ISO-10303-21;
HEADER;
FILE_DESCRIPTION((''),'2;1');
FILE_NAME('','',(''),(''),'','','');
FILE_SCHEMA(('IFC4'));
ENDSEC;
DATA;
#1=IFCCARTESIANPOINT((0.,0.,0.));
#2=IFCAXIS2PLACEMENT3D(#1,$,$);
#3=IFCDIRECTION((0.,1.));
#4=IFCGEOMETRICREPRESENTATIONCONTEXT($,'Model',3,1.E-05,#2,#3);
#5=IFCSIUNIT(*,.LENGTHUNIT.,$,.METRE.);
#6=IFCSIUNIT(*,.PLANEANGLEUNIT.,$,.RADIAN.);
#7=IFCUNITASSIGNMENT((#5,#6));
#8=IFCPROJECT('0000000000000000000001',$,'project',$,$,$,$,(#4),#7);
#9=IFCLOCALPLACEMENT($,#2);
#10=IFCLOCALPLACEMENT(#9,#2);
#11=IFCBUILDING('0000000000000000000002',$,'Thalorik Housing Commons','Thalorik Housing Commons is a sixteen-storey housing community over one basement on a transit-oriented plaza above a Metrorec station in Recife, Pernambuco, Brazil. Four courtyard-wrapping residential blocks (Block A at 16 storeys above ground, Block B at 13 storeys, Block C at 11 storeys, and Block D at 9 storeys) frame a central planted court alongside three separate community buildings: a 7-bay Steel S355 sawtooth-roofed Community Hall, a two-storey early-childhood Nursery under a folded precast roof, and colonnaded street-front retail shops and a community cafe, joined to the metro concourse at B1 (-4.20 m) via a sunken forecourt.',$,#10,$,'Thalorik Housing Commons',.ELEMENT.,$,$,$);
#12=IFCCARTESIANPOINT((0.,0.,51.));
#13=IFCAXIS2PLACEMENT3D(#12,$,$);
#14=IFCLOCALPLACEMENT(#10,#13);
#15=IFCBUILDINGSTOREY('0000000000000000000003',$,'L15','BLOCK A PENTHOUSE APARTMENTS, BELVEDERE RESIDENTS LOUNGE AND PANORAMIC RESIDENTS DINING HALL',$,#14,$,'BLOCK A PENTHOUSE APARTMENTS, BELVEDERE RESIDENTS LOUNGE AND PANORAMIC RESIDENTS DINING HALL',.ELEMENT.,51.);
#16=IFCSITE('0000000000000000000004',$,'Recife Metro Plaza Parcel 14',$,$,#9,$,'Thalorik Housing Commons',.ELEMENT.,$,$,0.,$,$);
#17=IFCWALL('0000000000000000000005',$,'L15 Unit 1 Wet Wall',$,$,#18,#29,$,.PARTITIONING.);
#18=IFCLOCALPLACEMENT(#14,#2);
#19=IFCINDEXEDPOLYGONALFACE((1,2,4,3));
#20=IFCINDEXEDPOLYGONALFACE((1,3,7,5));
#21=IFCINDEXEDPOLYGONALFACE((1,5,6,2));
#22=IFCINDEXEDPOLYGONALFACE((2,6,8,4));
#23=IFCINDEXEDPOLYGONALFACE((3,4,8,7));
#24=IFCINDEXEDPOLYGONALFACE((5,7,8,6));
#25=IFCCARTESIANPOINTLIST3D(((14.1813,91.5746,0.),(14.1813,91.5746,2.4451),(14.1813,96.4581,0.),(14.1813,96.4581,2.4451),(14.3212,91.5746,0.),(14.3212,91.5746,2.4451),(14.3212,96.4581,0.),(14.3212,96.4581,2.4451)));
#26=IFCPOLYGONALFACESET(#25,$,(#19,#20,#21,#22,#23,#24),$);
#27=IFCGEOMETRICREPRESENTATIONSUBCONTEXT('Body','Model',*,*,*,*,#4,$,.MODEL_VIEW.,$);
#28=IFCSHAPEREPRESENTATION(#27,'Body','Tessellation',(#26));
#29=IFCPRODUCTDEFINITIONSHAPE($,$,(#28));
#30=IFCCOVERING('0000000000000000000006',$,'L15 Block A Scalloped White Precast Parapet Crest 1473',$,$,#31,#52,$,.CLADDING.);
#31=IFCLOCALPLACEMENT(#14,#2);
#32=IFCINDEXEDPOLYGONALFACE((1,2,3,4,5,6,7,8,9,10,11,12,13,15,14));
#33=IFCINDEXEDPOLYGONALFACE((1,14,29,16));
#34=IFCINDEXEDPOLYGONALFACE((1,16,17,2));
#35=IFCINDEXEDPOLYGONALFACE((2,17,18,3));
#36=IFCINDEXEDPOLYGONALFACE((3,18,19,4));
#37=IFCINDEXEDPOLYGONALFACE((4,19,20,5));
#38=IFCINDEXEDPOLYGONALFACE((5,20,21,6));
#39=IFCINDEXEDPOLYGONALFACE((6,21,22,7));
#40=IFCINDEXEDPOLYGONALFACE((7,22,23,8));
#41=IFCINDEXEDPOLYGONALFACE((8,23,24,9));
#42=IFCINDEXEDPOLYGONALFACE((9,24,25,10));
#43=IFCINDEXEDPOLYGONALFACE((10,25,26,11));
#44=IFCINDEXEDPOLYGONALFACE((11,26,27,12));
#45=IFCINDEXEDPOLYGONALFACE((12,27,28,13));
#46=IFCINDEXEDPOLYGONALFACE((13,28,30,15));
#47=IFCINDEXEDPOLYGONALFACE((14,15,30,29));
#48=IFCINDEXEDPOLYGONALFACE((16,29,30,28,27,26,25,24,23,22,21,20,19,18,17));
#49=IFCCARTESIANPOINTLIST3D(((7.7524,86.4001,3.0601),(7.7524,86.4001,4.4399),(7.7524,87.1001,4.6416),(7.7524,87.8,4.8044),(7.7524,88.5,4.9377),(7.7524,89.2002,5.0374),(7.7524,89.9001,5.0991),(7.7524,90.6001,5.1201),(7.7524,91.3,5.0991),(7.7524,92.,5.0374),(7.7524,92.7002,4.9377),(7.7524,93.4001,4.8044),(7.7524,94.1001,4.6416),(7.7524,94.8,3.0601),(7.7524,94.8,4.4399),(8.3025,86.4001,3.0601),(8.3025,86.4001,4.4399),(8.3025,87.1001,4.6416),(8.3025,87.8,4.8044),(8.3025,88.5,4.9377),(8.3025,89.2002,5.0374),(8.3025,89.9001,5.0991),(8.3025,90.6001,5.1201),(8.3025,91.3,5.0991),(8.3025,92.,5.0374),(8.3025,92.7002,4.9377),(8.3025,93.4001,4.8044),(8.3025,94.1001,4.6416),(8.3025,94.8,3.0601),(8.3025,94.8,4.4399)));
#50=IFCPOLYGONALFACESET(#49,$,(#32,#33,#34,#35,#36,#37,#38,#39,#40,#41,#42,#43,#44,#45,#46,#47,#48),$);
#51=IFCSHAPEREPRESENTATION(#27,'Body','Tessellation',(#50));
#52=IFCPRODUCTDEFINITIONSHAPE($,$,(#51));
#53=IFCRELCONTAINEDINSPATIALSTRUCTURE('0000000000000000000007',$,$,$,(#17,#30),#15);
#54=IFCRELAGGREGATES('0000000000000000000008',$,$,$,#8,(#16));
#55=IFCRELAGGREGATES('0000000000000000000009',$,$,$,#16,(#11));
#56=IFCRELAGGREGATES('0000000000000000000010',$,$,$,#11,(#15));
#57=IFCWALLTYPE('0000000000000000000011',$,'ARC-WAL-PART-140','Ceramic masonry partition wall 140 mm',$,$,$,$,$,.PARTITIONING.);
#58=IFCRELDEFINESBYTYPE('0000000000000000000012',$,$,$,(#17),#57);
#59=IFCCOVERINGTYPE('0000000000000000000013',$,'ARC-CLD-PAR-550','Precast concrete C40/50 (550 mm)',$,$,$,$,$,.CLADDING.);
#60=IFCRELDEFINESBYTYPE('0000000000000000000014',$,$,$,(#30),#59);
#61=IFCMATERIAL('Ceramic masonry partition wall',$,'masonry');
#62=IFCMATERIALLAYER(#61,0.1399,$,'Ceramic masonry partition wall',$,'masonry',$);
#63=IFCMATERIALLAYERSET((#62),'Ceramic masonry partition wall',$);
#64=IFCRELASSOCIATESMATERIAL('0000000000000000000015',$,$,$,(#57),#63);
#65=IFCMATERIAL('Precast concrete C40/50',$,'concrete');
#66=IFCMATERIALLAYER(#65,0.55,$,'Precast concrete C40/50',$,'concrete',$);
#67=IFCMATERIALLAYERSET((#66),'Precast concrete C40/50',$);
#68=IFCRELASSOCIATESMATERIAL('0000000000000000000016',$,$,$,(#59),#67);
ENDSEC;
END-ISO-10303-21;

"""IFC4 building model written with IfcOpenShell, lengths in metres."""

from ifc_helpers import new_model, si_unit, direction, frame, frame_2d, origin, place, context, subcontext, project, spatial, polyline, rectangle, outline, extrude, material, layer, layer_set, type_object, element, save


model = new_model("IFC4")

# Units and contexts
model_context = context("Model", 3, precision=1e-05, world=origin(), true_north=direction((0.0, 1.0)))
body_context = subcontext(model_context, "Body", "Model", "MODEL_VIEW")
ifc_project = project(units=[si_unit("LENGTHUNIT", "METRE"), si_unit("PLANEANGLEUNIT", "RADIAN")], contexts=[model_context])

# Site, building, storey
site_placement = place(None, origin())
site = spatial("IfcSite", under=ifc_project, at=site_placement, Name="Recife Metro Plaza Parcel 14", LongName="Thalorik Housing Commons", CompositionType="ELEMENT", RefElevation=0.0)
building_placement = place(site_placement, origin())
building = spatial("IfcBuilding", under=site, at=building_placement, Name="Thalorik Housing Commons", Description="Thalorik Housing Commons is a sixteen-storey housing community over one basement on a transit-oriented plaza above a Metrorec station in Recife, Pernambuco, Brazil. Four courtyard-wrapping residential blocks (Block A at 16 storeys above ground, Block B at 13 storeys, Block C at 11 storeys, and Block D at 9 storeys) frame a central planted court alongside three separate community buildings: a 7-bay Steel S355 sawtooth-roofed Community Hall, a two-storey early-childhood Nursery under a folded precast roof, and colonnaded street-front retail shops and a community cafe, joined to the metro concourse at B1 (-4.20 m) via a sunken forecourt.", LongName="Thalorik Housing Commons", CompositionType="ELEMENT")
storey_placement = place(building_placement, frame((0.0, 0.0, 51.0)))
storey = spatial("IfcBuildingStorey", under=building, at=storey_placement, Name="L15", Description="BLOCK A PENTHOUSE APARTMENTS, BELVEDERE RESIDENTS LOUNGE AND PANORAMIC RESIDENTS DINING HALL", LongName="BLOCK A PENTHOUSE APARTMENTS, BELVEDERE RESIDENTS LOUNGE AND PANORAMIC RESIDENTS DINING HALL", CompositionType="ELEMENT", Elevation=51.0)

# Shared definitions
ifc_material_1 = material(Name="Precast concrete C40/50", Category="concrete")

# Wall
ifc_material_2 = material(Name="Ceramic masonry partition wall", Category="masonry")
ifc_layer_1 = layer(ifc_material_2, 0.1399, Name="Ceramic masonry partition wall", Category="masonry")
ifc_layer_set_1 = layer_set([ifc_layer_1], Name="Ceramic masonry partition wall")
wall_type_1 = type_object("IfcWallType", Name="ARC-WAL-PART-140", Description="Ceramic masonry partition wall 140 mm", PredefinedType="PARTITIONING", material=ifc_layer_set_1)
wall_1_placement = place(storey_placement, frame((14.2512, 91.5745, 0.0), z_axis=(0.0, 0.0, 1.0), x_axis=(0.0, 1.0, 0.0)))
element("IfcWall", 1, at=wall_1_placement, inside=storey, type_object=wall_type_1, Name="L15 Unit 1 Wet Wall", PredefinedType="PARTITIONING", context=body_context, shape_type="SweptSolid", body=[
    extrude(rectangle(XDim=4.8835, YDim=0.1399, at=frame_2d((2.4419, 0.0))), origin(), (0.0, 0.0, 1.0), 2.4451),
])

# Covering
ifc_layer_2 = layer(ifc_material_1, 0.55, Name="Precast concrete C40/50", Category="concrete")
ifc_layer_set_2 = layer_set([ifc_layer_2], Name="Precast concrete C40/50")
covering_type_1 = type_object("IfcCoveringType", Name="ARC-CLD-PAR-550", Description="Precast concrete C40/50 (550 mm)", PredefinedType="CLADDING", material=ifc_layer_set_2)
covering_1_placement = place(storey_placement, frame((8.0276, 90.6001, 3.0601), z_axis=(0.0, 0.0, 1.0), x_axis=(0.0, -1.0, 0.0)))
element("IfcCovering", 2, at=covering_1_placement, inside=storey, type_object=covering_type_1, Name="L15 Block A Scalloped White Precast Parapet Crest 1473", PredefinedType="CLADDING", context=body_context, shape_type="SweptSolid", body=[
    extrude(outline(polyline([(-4.2, 0.0), (4.2, 0.0), (4.2, 1.3799), (3.5, 1.5815), (2.8, 1.7444), (2.1001, 1.8777), (1.3999, 1.9773), (0.7, 2.0391), (0.0, 2.0601), (-0.7, 2.0391), (-1.3999, 1.9773), (-2.1001, 1.8777), (-2.8, 1.7444), (-3.5, 1.5815), (-4.2, 1.3799), (-4.2, 0.0)])), frame((0.0, 0.2749, 0.0), z_axis=(0.0, -1.0, 0.0), x_axis=(1.0, 0.0, 0.0)), (0.0, 0.0, 1.0), 0.55),
])

save(model, "model.ifc")
